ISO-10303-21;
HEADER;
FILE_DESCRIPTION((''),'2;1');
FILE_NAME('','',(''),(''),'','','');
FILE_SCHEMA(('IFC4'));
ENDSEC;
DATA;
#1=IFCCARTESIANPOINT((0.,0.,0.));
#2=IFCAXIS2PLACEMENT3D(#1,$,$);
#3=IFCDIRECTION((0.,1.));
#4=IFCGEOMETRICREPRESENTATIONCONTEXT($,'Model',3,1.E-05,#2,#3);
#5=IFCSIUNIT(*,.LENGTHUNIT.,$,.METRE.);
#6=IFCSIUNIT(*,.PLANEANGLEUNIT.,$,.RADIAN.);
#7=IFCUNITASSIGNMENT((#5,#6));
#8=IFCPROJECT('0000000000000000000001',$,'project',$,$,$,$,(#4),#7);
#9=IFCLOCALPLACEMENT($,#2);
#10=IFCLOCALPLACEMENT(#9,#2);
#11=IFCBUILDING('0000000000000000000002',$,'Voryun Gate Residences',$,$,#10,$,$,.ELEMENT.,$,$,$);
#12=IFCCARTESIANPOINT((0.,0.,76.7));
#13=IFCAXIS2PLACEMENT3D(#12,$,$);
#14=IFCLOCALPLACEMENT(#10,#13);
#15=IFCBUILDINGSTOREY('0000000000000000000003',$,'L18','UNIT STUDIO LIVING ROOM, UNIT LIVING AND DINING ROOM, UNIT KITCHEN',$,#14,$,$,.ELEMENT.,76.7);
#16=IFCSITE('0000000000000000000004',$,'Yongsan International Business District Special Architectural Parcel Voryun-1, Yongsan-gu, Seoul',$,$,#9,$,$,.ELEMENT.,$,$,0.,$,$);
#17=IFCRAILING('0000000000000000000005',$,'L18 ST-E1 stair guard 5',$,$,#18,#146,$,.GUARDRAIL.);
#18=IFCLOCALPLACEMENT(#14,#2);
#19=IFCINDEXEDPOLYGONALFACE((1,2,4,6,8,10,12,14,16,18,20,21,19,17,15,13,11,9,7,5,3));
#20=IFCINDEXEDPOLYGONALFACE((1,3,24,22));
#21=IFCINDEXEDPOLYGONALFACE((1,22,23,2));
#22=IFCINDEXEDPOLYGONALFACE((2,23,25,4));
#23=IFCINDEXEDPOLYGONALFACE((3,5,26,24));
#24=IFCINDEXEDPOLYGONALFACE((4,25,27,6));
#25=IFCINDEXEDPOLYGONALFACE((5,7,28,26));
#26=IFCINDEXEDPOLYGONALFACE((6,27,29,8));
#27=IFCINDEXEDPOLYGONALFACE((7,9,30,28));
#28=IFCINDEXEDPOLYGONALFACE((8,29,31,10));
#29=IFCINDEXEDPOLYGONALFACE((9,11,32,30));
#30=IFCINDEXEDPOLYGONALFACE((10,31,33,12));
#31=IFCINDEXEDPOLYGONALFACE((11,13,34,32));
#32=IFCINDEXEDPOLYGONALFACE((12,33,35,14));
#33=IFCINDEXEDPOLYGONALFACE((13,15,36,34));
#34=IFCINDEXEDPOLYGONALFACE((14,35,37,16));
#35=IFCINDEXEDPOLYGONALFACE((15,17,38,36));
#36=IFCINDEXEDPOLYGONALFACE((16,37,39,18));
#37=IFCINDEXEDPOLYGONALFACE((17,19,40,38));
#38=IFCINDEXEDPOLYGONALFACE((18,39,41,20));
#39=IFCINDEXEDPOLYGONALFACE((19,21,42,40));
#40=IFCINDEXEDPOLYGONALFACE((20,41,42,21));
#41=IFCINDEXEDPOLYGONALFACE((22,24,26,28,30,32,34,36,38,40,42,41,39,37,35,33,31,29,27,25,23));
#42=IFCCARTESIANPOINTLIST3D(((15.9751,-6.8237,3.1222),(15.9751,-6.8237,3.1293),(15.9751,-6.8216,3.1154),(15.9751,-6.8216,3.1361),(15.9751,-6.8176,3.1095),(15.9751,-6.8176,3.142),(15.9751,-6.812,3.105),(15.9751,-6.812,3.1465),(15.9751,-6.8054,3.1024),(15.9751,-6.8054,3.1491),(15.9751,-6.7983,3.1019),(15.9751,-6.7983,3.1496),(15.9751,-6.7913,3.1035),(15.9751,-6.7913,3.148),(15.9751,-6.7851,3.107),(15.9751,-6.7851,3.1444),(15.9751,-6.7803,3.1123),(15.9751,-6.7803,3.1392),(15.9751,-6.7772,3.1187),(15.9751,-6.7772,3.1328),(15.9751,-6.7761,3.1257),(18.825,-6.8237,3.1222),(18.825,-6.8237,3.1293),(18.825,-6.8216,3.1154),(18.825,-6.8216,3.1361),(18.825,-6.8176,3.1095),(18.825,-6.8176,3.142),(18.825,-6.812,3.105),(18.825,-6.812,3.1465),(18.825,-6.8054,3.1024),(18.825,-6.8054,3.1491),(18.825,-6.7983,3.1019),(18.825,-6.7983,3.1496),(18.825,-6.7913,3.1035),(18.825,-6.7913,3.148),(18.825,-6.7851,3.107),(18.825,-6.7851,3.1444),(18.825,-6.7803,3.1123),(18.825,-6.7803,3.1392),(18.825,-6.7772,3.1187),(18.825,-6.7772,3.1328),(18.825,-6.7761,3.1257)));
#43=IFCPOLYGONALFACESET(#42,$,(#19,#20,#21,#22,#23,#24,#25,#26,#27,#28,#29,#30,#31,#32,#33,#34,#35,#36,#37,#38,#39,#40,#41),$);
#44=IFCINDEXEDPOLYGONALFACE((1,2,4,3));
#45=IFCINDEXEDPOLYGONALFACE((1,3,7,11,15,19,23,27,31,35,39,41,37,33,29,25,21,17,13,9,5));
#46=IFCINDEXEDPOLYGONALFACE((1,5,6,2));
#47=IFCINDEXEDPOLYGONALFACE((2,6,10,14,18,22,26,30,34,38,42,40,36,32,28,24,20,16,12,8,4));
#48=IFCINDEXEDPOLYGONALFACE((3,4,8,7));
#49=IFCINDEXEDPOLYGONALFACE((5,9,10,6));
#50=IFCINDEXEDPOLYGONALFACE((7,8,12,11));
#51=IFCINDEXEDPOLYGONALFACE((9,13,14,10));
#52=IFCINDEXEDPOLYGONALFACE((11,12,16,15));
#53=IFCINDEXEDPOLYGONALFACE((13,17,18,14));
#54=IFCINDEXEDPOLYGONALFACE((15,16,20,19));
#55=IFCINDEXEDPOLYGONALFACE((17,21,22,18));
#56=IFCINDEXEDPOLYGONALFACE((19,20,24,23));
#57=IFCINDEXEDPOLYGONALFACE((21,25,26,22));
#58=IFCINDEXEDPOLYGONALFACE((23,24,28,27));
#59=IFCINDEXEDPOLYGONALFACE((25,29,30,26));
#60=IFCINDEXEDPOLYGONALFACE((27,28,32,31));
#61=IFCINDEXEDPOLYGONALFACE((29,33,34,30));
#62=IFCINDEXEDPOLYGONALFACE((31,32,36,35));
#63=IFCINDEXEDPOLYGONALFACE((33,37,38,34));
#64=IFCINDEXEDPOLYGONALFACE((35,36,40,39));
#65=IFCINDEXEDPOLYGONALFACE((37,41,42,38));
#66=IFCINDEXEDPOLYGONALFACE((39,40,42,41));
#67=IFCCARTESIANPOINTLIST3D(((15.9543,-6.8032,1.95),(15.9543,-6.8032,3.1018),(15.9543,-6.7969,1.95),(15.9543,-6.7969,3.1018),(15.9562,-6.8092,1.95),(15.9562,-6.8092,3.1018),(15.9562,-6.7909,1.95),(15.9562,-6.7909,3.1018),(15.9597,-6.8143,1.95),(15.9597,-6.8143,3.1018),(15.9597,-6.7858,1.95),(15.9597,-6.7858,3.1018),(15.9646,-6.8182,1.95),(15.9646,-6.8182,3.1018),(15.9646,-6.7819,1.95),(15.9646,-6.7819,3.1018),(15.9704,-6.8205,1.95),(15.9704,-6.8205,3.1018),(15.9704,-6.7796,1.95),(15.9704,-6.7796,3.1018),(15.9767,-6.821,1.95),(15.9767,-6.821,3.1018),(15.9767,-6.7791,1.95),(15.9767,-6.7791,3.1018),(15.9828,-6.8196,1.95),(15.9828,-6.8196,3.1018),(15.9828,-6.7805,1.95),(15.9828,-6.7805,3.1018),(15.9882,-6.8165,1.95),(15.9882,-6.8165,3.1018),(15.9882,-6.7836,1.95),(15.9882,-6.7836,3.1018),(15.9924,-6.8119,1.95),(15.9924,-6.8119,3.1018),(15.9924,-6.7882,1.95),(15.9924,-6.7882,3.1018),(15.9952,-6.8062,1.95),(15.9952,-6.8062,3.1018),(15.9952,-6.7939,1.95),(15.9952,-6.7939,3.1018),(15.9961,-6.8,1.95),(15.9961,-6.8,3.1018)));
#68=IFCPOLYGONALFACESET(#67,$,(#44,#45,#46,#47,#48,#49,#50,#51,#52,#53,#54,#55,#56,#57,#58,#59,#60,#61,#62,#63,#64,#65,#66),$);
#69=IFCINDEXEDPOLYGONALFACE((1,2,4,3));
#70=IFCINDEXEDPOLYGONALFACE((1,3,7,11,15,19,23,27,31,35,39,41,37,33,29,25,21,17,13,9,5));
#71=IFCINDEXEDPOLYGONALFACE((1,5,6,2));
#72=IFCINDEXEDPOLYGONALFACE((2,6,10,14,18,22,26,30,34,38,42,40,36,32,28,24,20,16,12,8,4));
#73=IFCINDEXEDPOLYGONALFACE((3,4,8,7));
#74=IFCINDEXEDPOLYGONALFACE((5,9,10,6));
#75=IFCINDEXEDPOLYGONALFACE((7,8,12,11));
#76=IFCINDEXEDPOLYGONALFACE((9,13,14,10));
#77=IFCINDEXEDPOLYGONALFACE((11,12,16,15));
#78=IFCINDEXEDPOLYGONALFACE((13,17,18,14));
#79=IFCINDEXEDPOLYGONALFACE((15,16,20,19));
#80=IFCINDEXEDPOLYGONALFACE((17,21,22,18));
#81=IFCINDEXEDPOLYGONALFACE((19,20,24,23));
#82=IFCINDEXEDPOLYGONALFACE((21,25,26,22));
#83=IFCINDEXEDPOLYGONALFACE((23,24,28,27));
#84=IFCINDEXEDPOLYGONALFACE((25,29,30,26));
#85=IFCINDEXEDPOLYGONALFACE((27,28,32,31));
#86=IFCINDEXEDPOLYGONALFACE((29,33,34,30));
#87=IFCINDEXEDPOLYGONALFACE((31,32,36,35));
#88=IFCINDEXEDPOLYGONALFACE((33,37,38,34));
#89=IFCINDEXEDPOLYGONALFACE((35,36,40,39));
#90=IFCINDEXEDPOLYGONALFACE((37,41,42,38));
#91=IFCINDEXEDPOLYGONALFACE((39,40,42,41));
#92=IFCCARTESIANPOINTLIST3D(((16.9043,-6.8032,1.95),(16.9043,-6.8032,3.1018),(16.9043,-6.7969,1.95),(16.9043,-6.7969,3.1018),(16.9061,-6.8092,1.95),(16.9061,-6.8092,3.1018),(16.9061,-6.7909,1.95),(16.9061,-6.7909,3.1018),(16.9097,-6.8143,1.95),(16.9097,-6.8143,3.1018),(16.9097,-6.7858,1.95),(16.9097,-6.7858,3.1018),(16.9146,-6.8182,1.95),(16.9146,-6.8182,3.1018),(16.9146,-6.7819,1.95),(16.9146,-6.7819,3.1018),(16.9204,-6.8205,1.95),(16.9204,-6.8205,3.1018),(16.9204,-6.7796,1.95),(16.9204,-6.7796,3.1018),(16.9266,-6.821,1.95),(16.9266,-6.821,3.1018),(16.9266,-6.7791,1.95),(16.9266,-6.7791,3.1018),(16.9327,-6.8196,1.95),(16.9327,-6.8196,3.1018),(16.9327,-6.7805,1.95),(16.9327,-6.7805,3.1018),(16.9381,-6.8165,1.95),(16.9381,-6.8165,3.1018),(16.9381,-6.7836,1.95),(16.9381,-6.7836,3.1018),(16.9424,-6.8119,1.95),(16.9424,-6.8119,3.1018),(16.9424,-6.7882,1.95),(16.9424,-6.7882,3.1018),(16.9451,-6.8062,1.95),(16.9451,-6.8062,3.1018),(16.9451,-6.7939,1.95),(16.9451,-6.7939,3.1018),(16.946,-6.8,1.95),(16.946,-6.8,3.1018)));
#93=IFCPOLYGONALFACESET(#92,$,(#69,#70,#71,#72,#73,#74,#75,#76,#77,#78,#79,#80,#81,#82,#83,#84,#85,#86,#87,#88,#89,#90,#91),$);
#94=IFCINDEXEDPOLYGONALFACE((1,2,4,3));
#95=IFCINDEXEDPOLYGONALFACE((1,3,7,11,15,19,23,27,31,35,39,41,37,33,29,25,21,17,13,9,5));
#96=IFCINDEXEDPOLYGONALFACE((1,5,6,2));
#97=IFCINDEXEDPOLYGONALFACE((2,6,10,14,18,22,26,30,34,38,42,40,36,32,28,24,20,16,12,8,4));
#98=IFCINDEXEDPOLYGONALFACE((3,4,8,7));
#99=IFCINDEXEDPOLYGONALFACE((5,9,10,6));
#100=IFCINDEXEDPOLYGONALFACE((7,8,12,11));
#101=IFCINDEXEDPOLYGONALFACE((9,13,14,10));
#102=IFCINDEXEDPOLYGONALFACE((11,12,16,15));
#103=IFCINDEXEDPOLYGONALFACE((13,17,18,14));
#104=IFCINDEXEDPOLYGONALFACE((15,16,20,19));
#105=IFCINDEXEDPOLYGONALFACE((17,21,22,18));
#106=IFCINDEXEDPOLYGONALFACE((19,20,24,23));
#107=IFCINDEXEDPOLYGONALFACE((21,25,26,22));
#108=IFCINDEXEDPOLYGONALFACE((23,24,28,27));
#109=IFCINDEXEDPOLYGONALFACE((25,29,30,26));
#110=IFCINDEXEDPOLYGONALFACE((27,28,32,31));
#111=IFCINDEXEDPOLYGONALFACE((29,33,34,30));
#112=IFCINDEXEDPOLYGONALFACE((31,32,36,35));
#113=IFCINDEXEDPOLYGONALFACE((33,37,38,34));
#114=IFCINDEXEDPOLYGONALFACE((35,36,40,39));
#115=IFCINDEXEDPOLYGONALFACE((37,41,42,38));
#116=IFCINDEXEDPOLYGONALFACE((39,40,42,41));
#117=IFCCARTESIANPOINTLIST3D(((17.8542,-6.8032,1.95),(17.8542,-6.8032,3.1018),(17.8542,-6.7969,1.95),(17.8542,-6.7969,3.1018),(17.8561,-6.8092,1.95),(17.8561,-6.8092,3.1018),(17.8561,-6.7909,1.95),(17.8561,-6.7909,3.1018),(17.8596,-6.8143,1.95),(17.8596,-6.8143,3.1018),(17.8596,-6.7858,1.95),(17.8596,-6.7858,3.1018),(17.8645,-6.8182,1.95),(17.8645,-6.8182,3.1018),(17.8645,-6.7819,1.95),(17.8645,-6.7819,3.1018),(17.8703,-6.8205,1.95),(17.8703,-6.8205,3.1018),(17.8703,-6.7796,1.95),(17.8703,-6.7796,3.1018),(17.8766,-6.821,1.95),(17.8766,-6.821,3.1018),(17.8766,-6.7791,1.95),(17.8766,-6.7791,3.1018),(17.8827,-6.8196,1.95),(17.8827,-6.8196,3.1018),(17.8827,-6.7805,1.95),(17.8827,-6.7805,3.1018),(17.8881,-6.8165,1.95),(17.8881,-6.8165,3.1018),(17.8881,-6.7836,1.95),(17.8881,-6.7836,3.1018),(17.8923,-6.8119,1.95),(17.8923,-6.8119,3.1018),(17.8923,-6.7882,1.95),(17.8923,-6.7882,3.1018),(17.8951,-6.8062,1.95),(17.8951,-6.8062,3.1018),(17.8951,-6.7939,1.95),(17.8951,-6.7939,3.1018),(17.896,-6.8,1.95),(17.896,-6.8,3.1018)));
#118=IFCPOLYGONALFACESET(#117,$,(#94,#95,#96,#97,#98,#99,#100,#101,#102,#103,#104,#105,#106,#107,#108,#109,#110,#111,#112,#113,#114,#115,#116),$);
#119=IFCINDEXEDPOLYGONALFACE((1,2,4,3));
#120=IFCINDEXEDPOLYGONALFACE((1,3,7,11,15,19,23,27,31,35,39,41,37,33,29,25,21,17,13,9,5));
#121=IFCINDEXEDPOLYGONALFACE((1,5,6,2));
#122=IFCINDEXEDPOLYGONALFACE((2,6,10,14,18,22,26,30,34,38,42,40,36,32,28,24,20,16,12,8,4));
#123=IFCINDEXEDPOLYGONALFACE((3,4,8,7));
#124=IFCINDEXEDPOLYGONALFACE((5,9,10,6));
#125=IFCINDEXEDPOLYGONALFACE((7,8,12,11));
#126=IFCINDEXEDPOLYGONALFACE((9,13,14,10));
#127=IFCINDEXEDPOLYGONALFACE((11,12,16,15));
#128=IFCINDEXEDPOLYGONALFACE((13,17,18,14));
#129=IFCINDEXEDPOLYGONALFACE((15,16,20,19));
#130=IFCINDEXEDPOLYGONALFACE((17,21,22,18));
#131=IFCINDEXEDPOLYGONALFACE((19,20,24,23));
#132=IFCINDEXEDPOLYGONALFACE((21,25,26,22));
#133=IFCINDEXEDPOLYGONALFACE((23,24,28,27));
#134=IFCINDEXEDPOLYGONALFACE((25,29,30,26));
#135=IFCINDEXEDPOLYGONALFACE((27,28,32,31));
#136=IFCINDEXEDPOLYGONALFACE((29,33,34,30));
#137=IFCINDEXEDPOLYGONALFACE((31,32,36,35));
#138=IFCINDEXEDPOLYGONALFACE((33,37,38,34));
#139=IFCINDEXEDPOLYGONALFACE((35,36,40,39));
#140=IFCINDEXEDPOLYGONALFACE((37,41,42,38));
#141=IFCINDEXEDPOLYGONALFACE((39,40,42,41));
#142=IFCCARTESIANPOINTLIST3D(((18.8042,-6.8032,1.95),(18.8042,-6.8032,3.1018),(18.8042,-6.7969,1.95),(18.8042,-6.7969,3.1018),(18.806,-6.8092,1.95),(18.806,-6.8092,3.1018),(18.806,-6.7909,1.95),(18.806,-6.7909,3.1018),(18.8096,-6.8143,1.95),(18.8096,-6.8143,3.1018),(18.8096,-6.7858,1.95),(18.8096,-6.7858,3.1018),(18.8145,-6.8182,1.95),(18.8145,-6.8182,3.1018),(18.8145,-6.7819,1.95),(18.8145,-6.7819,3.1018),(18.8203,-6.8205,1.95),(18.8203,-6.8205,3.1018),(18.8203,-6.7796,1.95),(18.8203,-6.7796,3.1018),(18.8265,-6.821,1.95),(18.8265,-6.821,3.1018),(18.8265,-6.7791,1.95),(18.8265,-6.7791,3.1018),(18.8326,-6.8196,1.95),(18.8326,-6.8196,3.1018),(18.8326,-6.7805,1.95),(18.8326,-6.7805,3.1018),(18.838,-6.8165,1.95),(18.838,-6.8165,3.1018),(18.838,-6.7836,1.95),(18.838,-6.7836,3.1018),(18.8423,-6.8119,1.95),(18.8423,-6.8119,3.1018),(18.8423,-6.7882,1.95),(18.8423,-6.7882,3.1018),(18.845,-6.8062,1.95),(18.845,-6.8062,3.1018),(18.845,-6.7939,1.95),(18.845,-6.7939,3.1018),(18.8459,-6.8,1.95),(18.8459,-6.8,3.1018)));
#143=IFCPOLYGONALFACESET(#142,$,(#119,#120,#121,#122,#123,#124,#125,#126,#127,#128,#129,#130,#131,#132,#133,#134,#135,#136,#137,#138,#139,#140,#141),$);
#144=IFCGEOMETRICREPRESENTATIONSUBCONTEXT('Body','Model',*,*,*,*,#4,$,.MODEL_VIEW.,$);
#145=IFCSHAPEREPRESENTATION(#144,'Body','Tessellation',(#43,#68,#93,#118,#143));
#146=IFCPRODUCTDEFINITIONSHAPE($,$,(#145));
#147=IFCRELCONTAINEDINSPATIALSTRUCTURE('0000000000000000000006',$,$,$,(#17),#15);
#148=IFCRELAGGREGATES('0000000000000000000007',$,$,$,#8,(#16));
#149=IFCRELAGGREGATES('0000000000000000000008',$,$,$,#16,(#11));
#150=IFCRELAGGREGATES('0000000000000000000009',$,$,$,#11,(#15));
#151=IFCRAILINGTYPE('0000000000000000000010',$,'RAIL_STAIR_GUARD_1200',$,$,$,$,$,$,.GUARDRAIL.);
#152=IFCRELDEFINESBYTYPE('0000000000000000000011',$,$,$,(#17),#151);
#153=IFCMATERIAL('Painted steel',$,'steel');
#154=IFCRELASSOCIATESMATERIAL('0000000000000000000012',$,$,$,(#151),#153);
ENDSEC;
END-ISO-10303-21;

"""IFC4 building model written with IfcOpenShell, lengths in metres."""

from ifc_helpers import new_model, si_unit, direction, frame, origin, origin_2d, place, context, subcontext, project, spatial, circle, extrude, material, type_object, element, save


model = new_model("IFC4")

# Units and contexts
model_context = context("Model", 3, precision=1e-05, world=origin(), true_north=direction((0.0, 1.0)))
body_context = subcontext(model_context, "Body", "Model", "MODEL_VIEW")
ifc_project = project(units=[si_unit("LENGTHUNIT", "METRE"), si_unit("PLANEANGLEUNIT", "RADIAN")], contexts=[model_context])

# Site, building, storey
site_placement = place(None, origin())
site = spatial("IfcSite", under=ifc_project, at=site_placement, Name="Yongsan International Business District Special Architectural Parcel Voryun-1, Yongsan-gu, Seoul", CompositionType="ELEMENT", RefElevation=0.0)
building_placement = place(site_placement, origin())
building = spatial("IfcBuilding", under=site, at=building_placement, Name="Voryun Gate Residences", CompositionType="ELEMENT")
storey_placement = place(building_placement, frame((0.0, 0.0, 76.7)))
storey = spatial("IfcBuildingStorey", under=building, at=storey_placement, Name="L18", Description="UNIT STUDIO LIVING ROOM, UNIT LIVING AND DINING ROOM, UNIT KITCHEN", CompositionType="ELEMENT", Elevation=76.7)

# Railing
ifc_material_1 = material(Name="Painted steel", Category="steel")
railing_type_1 = type_object("IfcRailingType", Name="RAIL_STAIR_GUARD_1200", PredefinedType="GUARDRAIL", material=ifc_material_1)
railing_1_placement = place(storey_placement, frame((15.9751, -6.8, 1.95)))
element("IfcRailing", 1, at=railing_1_placement, inside=storey, type_object=railing_type_1, Name="L18 ST-E1 stair guard 5", PredefinedType="GUARDRAIL", context=body_context, shape_type="SweptSolid", body=[
    extrude(circle(Radius=0.0239, at=origin_2d()), frame((0.0, 0.0, 1.1758), z_axis=(1.0, 0.0, 0.0), x_axis=(0.0, 1.0, 0.0)), (0.0, 0.0, 1.0), 2.8499),
    extrude(circle(Radius=0.021, at=origin_2d()), origin(), (0.0, 0.0, 1.0), 1.1519),
    extrude(circle(Radius=0.021, at=origin_2d()), frame((0.95, 0.0, 0.0)), (0.0, 0.0, 1.0), 1.1519),
    extrude(circle(Radius=0.021, at=origin_2d()), frame((1.8999, 0.0, 0.0)), (0.0, 0.0, 1.0), 1.1519),
    extrude(circle(Radius=0.021, at=origin_2d()), frame((2.8499, 0.0, 0.0)), (0.0, 0.0, 1.0), 1.1519),
])

save(model, "model.ifc")
